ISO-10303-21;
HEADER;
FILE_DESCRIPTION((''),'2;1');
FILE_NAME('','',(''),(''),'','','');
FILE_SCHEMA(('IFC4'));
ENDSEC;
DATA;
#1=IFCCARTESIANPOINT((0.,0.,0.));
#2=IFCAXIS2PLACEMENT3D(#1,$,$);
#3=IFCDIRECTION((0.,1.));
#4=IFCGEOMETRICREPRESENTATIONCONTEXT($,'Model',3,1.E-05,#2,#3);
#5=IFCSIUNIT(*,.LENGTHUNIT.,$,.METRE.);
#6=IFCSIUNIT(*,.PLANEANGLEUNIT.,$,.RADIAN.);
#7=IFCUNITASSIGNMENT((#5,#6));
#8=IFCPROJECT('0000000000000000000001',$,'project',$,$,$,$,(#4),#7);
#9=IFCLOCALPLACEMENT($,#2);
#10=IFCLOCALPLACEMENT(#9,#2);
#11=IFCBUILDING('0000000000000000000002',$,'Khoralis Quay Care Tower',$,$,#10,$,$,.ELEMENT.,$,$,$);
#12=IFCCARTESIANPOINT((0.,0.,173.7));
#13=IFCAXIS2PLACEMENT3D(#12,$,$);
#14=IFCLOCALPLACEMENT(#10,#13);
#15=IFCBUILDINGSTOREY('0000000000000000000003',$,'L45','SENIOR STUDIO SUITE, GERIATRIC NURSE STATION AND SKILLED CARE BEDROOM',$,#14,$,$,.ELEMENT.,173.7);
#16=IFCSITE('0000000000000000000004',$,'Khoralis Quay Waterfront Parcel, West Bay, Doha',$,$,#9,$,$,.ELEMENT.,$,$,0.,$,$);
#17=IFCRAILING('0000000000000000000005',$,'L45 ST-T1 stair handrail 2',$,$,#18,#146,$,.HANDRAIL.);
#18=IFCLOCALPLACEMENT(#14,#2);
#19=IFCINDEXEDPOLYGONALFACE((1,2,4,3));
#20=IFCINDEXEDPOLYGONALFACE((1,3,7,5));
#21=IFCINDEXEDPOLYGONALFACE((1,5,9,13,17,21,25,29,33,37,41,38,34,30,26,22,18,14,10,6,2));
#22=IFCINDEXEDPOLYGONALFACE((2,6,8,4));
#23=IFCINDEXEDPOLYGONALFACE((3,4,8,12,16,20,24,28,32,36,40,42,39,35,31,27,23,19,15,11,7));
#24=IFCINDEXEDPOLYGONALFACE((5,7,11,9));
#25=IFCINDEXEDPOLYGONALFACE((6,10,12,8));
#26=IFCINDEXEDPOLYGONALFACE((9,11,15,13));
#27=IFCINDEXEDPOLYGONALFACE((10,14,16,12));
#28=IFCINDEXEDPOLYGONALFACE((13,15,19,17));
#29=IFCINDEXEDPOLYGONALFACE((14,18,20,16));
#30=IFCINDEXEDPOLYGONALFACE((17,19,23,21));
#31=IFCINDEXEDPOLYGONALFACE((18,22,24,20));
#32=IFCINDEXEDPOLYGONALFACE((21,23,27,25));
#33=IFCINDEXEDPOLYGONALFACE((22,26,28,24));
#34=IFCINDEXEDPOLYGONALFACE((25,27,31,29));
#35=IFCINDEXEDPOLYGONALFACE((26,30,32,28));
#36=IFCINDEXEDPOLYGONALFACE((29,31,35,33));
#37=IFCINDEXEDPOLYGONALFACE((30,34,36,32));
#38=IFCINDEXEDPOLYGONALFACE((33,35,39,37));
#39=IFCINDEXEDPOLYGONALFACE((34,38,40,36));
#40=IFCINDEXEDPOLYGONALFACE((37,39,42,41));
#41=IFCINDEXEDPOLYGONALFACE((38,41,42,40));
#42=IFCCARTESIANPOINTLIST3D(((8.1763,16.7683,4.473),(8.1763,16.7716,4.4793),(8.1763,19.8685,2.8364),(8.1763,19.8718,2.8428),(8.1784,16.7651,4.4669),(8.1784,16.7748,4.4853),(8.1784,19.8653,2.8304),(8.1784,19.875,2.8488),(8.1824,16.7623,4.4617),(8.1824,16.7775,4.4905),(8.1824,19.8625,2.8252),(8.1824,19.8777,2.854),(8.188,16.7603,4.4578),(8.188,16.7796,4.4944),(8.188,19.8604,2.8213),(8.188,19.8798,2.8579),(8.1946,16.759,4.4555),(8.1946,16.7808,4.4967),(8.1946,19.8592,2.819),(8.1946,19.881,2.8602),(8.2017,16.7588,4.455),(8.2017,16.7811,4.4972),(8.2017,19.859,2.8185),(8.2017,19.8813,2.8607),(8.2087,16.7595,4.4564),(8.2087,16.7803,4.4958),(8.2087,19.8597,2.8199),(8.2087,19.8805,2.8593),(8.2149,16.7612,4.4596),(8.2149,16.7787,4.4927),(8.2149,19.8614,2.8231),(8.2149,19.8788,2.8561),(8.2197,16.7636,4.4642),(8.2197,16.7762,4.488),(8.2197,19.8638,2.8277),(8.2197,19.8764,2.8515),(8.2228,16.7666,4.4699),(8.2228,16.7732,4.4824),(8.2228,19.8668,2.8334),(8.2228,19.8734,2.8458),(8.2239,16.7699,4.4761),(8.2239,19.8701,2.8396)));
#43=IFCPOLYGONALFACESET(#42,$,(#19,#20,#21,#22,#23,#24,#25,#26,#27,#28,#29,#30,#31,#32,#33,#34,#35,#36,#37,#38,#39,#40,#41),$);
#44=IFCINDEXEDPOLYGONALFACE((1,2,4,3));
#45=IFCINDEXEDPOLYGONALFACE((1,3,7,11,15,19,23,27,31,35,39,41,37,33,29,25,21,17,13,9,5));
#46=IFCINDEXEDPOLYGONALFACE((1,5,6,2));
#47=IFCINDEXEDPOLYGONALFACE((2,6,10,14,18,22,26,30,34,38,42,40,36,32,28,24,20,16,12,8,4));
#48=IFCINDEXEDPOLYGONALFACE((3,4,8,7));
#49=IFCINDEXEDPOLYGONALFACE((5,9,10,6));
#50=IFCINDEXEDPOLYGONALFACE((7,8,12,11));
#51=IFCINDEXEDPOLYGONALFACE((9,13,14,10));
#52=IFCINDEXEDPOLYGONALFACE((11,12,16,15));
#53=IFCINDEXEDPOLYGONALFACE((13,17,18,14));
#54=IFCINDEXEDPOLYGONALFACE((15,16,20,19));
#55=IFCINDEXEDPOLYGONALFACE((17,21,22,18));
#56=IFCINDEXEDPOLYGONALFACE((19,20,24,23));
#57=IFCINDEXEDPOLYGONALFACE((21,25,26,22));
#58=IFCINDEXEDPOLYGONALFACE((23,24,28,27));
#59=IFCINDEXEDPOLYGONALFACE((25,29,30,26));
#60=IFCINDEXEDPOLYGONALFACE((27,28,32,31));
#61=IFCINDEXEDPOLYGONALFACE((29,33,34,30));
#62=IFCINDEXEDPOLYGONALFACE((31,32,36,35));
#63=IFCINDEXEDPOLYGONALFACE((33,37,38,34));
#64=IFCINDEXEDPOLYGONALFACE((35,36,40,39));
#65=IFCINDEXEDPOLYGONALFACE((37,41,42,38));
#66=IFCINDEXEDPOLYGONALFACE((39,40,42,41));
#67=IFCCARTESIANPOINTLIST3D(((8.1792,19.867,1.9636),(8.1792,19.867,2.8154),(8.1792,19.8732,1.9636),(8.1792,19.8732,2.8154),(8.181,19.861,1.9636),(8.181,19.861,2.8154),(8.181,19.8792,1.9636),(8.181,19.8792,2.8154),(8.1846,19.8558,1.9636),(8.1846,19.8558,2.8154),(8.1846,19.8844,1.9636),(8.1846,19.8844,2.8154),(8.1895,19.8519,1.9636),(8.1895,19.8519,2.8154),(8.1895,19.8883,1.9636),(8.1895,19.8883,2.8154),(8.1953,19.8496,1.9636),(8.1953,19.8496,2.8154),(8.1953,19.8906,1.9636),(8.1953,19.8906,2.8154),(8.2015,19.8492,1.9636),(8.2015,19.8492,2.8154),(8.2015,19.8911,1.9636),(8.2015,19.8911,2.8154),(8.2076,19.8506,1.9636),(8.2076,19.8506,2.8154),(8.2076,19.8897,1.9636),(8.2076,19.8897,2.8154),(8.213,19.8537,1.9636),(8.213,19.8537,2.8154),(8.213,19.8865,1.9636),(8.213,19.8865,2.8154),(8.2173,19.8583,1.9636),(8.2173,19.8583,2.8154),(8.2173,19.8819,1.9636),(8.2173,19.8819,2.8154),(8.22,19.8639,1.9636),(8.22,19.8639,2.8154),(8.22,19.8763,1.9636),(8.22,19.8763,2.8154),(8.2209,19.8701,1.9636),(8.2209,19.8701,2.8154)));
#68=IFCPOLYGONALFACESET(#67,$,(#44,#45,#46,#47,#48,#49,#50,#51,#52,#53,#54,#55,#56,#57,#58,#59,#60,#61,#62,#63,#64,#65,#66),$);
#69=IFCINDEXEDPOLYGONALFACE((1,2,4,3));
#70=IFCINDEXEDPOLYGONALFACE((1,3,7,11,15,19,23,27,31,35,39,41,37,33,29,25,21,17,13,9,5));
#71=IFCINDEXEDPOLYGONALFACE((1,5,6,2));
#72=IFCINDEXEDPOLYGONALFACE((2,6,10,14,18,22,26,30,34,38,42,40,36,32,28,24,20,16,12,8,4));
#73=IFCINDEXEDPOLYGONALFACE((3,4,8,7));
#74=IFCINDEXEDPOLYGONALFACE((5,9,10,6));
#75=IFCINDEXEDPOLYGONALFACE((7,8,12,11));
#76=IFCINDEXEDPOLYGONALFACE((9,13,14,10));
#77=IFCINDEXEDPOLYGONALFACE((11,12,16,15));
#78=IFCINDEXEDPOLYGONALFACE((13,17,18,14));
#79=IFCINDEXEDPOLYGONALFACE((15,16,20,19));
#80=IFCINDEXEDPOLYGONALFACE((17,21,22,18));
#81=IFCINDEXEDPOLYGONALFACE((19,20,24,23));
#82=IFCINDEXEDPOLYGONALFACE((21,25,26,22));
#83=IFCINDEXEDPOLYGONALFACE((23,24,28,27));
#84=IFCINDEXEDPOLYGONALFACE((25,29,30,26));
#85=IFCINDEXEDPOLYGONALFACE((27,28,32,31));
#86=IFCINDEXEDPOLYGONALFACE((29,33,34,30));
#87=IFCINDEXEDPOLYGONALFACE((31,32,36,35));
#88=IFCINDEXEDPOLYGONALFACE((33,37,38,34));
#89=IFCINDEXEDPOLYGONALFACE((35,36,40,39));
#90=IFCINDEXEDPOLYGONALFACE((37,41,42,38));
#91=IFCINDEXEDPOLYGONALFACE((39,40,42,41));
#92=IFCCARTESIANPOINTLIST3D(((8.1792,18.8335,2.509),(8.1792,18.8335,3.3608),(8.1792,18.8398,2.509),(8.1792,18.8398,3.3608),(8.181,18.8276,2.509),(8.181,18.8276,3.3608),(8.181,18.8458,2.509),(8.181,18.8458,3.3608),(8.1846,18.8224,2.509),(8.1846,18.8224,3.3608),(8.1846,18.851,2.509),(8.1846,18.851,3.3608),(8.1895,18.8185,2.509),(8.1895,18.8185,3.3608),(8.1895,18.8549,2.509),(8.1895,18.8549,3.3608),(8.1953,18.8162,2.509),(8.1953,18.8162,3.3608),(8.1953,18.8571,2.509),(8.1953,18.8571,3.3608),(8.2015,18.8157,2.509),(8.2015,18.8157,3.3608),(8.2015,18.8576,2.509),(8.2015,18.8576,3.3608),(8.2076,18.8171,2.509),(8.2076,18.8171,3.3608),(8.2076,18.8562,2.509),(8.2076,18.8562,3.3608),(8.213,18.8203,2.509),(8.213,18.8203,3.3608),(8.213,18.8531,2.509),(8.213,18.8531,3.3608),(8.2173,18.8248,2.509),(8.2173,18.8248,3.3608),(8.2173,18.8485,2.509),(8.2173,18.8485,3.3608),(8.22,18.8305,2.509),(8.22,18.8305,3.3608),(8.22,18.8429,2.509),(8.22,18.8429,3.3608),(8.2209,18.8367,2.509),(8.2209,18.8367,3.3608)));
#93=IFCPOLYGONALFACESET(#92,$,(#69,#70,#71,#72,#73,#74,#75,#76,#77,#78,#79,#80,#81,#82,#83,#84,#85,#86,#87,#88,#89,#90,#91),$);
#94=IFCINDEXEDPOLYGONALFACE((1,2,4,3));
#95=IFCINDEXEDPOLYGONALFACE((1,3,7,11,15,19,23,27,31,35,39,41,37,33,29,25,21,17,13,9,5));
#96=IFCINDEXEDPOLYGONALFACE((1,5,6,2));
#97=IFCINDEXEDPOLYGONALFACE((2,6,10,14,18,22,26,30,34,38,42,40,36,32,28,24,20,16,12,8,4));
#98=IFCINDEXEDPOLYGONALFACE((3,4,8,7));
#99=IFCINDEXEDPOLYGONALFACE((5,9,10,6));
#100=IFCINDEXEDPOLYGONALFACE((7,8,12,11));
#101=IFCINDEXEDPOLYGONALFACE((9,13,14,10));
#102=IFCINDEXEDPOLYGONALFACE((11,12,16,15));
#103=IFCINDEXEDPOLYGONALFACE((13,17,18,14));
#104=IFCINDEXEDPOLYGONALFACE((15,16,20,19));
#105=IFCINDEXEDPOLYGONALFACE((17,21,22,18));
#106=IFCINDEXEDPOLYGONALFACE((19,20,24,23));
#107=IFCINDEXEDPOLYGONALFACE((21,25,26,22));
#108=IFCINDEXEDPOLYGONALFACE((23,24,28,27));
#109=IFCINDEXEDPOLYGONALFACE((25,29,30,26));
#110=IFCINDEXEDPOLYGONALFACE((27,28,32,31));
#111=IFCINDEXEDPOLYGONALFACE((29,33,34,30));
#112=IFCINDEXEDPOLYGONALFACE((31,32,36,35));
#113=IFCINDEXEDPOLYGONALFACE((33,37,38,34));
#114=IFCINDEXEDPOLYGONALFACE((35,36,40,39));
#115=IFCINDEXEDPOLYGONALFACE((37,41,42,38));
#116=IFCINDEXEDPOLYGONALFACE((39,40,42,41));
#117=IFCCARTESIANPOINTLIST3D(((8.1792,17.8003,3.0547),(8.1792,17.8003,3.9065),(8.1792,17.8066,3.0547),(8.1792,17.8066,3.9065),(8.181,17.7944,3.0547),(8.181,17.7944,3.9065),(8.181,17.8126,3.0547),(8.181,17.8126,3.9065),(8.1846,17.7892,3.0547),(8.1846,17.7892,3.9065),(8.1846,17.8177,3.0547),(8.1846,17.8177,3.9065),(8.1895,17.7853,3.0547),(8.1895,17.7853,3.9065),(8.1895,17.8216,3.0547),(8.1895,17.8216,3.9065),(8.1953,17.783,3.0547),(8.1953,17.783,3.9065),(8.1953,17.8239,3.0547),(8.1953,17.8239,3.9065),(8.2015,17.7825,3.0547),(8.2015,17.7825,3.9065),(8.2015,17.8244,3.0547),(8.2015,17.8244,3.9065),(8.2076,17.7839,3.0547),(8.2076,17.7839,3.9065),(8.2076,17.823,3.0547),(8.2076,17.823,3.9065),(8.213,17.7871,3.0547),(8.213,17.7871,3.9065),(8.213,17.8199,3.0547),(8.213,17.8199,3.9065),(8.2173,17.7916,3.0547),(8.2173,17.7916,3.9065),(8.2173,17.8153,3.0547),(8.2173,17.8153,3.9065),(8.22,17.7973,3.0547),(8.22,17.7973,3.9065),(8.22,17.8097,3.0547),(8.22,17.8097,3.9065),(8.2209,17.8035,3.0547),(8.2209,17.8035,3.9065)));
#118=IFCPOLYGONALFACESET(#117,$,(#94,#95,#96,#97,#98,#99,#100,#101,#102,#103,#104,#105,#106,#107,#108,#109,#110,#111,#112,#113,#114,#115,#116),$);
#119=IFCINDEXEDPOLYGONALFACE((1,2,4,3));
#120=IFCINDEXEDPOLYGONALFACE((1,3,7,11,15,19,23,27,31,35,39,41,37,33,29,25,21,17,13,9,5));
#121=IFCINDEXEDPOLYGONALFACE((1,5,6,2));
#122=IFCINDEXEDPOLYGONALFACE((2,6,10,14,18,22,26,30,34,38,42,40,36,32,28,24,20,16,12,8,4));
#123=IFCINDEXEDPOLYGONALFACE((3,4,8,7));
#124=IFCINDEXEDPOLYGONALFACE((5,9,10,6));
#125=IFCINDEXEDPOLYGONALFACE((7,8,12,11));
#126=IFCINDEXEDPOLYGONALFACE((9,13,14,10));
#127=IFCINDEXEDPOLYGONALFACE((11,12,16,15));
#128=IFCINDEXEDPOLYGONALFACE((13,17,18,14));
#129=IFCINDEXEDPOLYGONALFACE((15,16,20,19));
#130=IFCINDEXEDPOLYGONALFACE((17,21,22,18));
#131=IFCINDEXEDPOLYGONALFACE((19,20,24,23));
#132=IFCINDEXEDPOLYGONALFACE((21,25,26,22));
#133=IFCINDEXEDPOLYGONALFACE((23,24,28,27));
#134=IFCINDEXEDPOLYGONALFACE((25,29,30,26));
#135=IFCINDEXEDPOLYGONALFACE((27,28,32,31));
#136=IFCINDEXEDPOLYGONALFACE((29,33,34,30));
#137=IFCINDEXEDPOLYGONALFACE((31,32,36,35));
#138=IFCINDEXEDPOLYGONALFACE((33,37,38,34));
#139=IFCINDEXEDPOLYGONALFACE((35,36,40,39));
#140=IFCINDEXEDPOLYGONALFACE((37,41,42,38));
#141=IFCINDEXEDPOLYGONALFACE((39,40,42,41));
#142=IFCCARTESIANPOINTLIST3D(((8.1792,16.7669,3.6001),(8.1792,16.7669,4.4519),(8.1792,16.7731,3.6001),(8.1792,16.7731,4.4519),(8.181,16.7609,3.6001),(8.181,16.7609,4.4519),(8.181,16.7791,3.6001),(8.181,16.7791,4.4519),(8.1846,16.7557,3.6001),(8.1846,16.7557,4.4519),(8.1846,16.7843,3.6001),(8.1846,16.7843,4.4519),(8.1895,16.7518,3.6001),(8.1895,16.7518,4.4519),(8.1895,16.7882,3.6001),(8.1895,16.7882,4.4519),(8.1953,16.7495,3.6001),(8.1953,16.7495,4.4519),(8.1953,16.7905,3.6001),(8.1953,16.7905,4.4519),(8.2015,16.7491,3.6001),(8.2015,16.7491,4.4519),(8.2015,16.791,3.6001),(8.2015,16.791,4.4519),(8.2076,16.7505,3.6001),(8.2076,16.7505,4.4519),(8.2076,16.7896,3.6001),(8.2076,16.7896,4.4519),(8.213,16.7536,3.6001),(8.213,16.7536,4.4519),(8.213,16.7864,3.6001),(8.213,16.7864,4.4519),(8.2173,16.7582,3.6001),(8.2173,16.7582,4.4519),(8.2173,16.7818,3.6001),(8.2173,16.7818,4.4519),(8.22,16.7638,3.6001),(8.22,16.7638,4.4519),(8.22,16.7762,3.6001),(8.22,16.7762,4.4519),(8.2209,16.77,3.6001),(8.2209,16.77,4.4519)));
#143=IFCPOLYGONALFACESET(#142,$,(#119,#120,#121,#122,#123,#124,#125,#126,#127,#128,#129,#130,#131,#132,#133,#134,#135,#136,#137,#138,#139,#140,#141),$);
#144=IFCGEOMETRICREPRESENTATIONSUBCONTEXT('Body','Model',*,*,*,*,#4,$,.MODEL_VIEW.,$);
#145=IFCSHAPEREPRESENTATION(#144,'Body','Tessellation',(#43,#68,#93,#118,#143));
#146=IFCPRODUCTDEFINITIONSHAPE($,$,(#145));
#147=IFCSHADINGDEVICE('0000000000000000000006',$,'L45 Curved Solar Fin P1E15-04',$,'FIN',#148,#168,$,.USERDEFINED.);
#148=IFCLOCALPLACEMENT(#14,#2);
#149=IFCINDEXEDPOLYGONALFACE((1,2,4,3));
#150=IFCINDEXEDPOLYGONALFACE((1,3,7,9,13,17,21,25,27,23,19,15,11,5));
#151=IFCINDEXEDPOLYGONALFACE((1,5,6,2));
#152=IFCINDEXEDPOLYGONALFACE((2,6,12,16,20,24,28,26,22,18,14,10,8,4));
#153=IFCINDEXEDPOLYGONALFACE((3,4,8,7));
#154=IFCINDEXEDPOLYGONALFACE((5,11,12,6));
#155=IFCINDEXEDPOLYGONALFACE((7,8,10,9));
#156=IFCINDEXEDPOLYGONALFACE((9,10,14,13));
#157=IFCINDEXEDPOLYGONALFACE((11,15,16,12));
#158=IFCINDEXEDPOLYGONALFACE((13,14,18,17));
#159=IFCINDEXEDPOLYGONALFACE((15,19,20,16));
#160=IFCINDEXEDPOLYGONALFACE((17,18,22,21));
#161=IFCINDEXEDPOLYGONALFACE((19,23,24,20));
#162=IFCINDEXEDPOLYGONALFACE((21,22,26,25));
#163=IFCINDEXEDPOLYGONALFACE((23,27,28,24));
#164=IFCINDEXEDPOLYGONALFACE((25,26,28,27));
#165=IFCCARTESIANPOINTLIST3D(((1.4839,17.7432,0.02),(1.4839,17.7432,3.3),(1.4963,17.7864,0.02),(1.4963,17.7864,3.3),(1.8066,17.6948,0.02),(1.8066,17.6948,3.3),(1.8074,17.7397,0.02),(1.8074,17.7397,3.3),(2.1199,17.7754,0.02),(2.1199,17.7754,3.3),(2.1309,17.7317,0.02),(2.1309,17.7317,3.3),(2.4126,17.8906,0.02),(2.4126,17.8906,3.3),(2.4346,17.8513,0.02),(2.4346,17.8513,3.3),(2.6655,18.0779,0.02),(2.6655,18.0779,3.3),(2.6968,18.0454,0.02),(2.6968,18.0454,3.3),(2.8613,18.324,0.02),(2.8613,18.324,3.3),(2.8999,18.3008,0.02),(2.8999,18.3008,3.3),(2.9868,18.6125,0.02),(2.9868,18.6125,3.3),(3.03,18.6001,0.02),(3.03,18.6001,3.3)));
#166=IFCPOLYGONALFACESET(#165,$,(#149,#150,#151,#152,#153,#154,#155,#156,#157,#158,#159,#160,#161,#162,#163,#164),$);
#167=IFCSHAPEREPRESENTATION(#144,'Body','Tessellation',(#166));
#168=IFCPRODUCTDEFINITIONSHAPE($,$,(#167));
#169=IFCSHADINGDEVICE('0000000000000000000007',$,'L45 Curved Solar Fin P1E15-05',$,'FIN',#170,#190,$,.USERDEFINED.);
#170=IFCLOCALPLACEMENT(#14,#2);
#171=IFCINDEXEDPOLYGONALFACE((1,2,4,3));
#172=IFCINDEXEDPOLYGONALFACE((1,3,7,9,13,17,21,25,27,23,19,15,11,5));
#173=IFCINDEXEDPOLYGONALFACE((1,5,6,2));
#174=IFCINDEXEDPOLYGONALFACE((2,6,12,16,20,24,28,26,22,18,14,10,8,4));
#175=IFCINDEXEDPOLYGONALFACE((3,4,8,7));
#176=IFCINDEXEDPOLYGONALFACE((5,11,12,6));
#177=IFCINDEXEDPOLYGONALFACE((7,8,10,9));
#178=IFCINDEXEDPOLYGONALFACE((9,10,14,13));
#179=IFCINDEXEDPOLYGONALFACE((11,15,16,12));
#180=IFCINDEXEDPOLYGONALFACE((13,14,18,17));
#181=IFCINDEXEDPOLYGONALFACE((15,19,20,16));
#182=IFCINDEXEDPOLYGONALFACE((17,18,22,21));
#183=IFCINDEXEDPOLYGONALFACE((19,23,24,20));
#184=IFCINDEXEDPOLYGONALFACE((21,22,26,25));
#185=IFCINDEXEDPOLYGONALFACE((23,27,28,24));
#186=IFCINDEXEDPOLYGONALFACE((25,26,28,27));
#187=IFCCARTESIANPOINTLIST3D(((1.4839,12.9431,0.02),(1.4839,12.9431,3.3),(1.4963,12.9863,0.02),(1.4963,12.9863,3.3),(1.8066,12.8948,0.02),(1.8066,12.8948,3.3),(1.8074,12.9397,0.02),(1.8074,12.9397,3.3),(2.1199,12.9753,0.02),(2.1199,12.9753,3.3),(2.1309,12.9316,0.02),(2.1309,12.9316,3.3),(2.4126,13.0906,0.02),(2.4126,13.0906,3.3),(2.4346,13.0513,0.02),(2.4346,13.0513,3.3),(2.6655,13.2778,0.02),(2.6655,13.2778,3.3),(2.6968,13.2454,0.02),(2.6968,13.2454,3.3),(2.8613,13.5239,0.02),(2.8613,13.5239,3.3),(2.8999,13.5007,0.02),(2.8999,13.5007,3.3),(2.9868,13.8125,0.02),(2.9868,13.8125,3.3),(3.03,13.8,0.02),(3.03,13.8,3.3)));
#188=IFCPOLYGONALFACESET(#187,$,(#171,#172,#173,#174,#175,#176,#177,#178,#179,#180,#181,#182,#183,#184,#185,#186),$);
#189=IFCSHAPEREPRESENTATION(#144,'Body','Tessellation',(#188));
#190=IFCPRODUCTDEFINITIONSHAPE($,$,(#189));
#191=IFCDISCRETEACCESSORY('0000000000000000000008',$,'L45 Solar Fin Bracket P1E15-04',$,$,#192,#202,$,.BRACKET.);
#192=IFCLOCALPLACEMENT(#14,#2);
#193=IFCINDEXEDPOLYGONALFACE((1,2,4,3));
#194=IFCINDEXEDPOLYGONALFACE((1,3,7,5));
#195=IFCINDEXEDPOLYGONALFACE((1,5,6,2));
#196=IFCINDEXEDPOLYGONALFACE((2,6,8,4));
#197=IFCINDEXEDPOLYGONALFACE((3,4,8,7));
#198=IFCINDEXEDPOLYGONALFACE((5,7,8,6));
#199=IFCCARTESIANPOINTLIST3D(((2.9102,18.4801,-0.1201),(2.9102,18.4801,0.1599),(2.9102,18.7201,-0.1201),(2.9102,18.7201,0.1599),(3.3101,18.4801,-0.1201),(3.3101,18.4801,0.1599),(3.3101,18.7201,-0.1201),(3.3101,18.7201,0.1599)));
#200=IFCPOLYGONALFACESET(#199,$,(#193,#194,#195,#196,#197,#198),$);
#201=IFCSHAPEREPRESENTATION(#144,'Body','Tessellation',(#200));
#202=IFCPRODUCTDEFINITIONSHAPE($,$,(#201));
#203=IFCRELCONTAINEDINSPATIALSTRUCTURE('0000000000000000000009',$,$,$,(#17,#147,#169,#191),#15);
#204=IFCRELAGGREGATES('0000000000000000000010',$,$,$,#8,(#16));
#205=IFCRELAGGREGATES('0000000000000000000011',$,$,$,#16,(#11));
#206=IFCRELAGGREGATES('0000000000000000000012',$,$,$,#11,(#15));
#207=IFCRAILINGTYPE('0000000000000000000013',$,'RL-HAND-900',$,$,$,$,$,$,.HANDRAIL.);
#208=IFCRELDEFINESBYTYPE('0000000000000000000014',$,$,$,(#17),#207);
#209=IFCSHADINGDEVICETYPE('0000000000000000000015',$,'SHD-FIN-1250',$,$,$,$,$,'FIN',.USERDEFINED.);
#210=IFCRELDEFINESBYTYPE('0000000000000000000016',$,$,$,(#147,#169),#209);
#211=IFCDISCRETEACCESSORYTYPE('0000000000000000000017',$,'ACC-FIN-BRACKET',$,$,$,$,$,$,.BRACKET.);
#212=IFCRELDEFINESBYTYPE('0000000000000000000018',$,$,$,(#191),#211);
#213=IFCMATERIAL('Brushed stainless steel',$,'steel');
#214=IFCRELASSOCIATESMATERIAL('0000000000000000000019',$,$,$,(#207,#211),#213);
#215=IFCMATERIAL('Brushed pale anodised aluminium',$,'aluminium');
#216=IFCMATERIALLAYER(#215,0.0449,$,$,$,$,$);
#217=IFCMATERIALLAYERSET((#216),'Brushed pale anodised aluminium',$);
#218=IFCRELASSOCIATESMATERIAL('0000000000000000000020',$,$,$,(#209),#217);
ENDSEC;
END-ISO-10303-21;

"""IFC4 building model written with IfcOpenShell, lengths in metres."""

from ifc_helpers import new_model, si_unit, direction, frame, origin, origin_2d, place, context, subcontext, project, spatial, polyline, rectangle, circle, outline, extrude, source, transform, mapped, material, layer, layer_set, type_object, element, save


model = new_model("IFC4")

# Units and contexts
model_context = context("Model", 3, precision=1e-05, world=origin(), true_north=direction((0.0, 1.0)))
body_context = subcontext(model_context, "Body", "Model", "MODEL_VIEW")
ifc_project = project(units=[si_unit("LENGTHUNIT", "METRE"), si_unit("PLANEANGLEUNIT", "RADIAN")], contexts=[model_context])

# Site, building, storey
site_placement = place(None, origin())
site = spatial("IfcSite", under=ifc_project, at=site_placement, Name="Khoralis Quay Waterfront Parcel, West Bay, Doha", CompositionType="ELEMENT", RefElevation=0.0)
building_placement = place(site_placement, origin())
building = spatial("IfcBuilding", under=site, at=building_placement, Name="Khoralis Quay Care Tower", CompositionType="ELEMENT")
storey_placement = place(building_placement, frame((0.0, 0.0, 173.7)))
storey = spatial("IfcBuildingStorey", under=building, at=storey_placement, Name="L45", Description="SENIOR STUDIO SUITE, GERIATRIC NURSE STATION AND SKILLED CARE BEDROOM", CompositionType="ELEMENT", Elevation=173.7)

# Shared definitions
ifc_material_1 = material(Name="Brushed stainless steel", Category="steel")

# Railing
railing_type = type_object("IfcRailingType", Name="RL-HAND-900", PredefinedType="HANDRAIL", material=ifc_material_1)
railing_placement = place(storey_placement, frame((8.2, 19.8701, 1.9636)))
element("IfcRailing", 1, at=railing_placement, inside=storey, type_object=railing_type, Name="L45 ST-T1 stair handrail 2", PredefinedType="HANDRAIL", context=body_context, shape_type="SweptSolid", body=[
    extrude(circle(Radius=0.0239, at=origin_2d()), frame((0.0, 0.0, 0.876), z_axis=(0.0, -0.884348, 0.466828), x_axis=(1.0, 0.0, 0.0)), (0.0, 0.0, 1.0), 3.5056),
    extrude(circle(Radius=0.021, at=origin_2d()), origin(), (0.0, 0.0, 1.0), 0.8518),
    extrude(circle(Radius=0.021, at=origin_2d()), frame((0.0, -1.0334, 0.5454)), (0.0, 0.0, 1.0), 0.8518),
    extrude(circle(Radius=0.021, at=origin_2d()), frame((0.0, -2.0667, 1.0911)), (0.0, 0.0, 1.0), 0.8518),
    extrude(circle(Radius=0.021, at=origin_2d()), frame((0.0, -3.1001, 1.6365)), (0.0, 0.0, 1.0), 0.8518),
])

# Shading devices
ifc_material_2 = material(Name="Brushed pale anodised aluminium", Category="aluminium")
ifc_layer_1 = layer(ifc_material_2, 0.0449)
ifc_layer_set_1 = layer_set([ifc_layer_1], Name="Brushed pale anodised aluminium")
shading_device_type = type_object("IfcShadingDeviceType", Name="SHD-FIN-1250", ElementType="FIN", PredefinedType="USERDEFINED", material=ifc_layer_set_1)
shared_shape_1 = source(origin(), body_context, "Body", "SweptSolid", [
    extrude(outline(polyline([(0.0, 0.0), (0.1301, 0.2993), (0.3333, 0.5547), (0.5955, 0.7488), (0.8992, 0.8684), (1.2234, 0.9053), (1.5461, 0.8569), (1.5337, 0.8137), (1.2227, 0.8604), (0.9102, 0.8247), (0.6174, 0.7095), (0.3645, 0.5222), (0.1687, 0.2761), (0.0432, -0.0125), (0.0, 0.0)])), origin(), (0.0, 0.0, 1.0), 3.28),
])
for number, where, z_axis, x_axis, name in (
    (2, (3.03, 18.6001, 0.02), (0.0, 0.0, 1.0), (-1.0, 0.0, 0.0), "L45 Curved Solar Fin P1E15-04"),
    (3, (3.03, 13.8, 0.02), (0.0, 0.0, 1.0), (-1.0, 0.0, 0.0), "L45 Curved Solar Fin P1E15-05"),
):
    element("IfcShadingDevice", number, at=place(storey_placement, frame(where, z_axis=z_axis, x_axis=x_axis)), inside=storey, type_object=shading_device_type, Name=name, ObjectType="FIN", PredefinedType="USERDEFINED", context=body_context, shape_type="MappedRepresentation", body=[
        mapped(shared_shape_1, transform((0.0, 0.0, 0.0), scale=1.0)),
    ])

# Discrete accessory
discrete_accessory_type = type_object("IfcDiscreteAccessoryType", Name="ACC-FIN-BRACKET", PredefinedType="BRACKET", material=ifc_material_1)
shared_shape_2 = source(origin(), body_context, "Body", "SweptSolid", [
    extrude(rectangle(XDim=0.3999, YDim=0.24, at=origin_2d()), origin(), (0.0, 0.0, 1.0), 0.28),
])
for number, where, z_axis, x_axis, name in (
    (4, (3.1101, 18.6001, -0.1201), (0.0, 0.0, 1.0), (-1.0, 0.0, 0.0), "L45 Solar Fin Bracket P1E15-04"),
):
    element("IfcDiscreteAccessory", number, at=place(storey_placement, frame(where, z_axis=z_axis, x_axis=x_axis)), inside=storey, type_object=discrete_accessory_type, Name=name, PredefinedType="BRACKET", context=body_context, shape_type="MappedRepresentation", body=[
        mapped(shared_shape_2, transform((0.0, 0.0, 0.0), scale=1.0)),
    ])

save(model, "model.ifc")
